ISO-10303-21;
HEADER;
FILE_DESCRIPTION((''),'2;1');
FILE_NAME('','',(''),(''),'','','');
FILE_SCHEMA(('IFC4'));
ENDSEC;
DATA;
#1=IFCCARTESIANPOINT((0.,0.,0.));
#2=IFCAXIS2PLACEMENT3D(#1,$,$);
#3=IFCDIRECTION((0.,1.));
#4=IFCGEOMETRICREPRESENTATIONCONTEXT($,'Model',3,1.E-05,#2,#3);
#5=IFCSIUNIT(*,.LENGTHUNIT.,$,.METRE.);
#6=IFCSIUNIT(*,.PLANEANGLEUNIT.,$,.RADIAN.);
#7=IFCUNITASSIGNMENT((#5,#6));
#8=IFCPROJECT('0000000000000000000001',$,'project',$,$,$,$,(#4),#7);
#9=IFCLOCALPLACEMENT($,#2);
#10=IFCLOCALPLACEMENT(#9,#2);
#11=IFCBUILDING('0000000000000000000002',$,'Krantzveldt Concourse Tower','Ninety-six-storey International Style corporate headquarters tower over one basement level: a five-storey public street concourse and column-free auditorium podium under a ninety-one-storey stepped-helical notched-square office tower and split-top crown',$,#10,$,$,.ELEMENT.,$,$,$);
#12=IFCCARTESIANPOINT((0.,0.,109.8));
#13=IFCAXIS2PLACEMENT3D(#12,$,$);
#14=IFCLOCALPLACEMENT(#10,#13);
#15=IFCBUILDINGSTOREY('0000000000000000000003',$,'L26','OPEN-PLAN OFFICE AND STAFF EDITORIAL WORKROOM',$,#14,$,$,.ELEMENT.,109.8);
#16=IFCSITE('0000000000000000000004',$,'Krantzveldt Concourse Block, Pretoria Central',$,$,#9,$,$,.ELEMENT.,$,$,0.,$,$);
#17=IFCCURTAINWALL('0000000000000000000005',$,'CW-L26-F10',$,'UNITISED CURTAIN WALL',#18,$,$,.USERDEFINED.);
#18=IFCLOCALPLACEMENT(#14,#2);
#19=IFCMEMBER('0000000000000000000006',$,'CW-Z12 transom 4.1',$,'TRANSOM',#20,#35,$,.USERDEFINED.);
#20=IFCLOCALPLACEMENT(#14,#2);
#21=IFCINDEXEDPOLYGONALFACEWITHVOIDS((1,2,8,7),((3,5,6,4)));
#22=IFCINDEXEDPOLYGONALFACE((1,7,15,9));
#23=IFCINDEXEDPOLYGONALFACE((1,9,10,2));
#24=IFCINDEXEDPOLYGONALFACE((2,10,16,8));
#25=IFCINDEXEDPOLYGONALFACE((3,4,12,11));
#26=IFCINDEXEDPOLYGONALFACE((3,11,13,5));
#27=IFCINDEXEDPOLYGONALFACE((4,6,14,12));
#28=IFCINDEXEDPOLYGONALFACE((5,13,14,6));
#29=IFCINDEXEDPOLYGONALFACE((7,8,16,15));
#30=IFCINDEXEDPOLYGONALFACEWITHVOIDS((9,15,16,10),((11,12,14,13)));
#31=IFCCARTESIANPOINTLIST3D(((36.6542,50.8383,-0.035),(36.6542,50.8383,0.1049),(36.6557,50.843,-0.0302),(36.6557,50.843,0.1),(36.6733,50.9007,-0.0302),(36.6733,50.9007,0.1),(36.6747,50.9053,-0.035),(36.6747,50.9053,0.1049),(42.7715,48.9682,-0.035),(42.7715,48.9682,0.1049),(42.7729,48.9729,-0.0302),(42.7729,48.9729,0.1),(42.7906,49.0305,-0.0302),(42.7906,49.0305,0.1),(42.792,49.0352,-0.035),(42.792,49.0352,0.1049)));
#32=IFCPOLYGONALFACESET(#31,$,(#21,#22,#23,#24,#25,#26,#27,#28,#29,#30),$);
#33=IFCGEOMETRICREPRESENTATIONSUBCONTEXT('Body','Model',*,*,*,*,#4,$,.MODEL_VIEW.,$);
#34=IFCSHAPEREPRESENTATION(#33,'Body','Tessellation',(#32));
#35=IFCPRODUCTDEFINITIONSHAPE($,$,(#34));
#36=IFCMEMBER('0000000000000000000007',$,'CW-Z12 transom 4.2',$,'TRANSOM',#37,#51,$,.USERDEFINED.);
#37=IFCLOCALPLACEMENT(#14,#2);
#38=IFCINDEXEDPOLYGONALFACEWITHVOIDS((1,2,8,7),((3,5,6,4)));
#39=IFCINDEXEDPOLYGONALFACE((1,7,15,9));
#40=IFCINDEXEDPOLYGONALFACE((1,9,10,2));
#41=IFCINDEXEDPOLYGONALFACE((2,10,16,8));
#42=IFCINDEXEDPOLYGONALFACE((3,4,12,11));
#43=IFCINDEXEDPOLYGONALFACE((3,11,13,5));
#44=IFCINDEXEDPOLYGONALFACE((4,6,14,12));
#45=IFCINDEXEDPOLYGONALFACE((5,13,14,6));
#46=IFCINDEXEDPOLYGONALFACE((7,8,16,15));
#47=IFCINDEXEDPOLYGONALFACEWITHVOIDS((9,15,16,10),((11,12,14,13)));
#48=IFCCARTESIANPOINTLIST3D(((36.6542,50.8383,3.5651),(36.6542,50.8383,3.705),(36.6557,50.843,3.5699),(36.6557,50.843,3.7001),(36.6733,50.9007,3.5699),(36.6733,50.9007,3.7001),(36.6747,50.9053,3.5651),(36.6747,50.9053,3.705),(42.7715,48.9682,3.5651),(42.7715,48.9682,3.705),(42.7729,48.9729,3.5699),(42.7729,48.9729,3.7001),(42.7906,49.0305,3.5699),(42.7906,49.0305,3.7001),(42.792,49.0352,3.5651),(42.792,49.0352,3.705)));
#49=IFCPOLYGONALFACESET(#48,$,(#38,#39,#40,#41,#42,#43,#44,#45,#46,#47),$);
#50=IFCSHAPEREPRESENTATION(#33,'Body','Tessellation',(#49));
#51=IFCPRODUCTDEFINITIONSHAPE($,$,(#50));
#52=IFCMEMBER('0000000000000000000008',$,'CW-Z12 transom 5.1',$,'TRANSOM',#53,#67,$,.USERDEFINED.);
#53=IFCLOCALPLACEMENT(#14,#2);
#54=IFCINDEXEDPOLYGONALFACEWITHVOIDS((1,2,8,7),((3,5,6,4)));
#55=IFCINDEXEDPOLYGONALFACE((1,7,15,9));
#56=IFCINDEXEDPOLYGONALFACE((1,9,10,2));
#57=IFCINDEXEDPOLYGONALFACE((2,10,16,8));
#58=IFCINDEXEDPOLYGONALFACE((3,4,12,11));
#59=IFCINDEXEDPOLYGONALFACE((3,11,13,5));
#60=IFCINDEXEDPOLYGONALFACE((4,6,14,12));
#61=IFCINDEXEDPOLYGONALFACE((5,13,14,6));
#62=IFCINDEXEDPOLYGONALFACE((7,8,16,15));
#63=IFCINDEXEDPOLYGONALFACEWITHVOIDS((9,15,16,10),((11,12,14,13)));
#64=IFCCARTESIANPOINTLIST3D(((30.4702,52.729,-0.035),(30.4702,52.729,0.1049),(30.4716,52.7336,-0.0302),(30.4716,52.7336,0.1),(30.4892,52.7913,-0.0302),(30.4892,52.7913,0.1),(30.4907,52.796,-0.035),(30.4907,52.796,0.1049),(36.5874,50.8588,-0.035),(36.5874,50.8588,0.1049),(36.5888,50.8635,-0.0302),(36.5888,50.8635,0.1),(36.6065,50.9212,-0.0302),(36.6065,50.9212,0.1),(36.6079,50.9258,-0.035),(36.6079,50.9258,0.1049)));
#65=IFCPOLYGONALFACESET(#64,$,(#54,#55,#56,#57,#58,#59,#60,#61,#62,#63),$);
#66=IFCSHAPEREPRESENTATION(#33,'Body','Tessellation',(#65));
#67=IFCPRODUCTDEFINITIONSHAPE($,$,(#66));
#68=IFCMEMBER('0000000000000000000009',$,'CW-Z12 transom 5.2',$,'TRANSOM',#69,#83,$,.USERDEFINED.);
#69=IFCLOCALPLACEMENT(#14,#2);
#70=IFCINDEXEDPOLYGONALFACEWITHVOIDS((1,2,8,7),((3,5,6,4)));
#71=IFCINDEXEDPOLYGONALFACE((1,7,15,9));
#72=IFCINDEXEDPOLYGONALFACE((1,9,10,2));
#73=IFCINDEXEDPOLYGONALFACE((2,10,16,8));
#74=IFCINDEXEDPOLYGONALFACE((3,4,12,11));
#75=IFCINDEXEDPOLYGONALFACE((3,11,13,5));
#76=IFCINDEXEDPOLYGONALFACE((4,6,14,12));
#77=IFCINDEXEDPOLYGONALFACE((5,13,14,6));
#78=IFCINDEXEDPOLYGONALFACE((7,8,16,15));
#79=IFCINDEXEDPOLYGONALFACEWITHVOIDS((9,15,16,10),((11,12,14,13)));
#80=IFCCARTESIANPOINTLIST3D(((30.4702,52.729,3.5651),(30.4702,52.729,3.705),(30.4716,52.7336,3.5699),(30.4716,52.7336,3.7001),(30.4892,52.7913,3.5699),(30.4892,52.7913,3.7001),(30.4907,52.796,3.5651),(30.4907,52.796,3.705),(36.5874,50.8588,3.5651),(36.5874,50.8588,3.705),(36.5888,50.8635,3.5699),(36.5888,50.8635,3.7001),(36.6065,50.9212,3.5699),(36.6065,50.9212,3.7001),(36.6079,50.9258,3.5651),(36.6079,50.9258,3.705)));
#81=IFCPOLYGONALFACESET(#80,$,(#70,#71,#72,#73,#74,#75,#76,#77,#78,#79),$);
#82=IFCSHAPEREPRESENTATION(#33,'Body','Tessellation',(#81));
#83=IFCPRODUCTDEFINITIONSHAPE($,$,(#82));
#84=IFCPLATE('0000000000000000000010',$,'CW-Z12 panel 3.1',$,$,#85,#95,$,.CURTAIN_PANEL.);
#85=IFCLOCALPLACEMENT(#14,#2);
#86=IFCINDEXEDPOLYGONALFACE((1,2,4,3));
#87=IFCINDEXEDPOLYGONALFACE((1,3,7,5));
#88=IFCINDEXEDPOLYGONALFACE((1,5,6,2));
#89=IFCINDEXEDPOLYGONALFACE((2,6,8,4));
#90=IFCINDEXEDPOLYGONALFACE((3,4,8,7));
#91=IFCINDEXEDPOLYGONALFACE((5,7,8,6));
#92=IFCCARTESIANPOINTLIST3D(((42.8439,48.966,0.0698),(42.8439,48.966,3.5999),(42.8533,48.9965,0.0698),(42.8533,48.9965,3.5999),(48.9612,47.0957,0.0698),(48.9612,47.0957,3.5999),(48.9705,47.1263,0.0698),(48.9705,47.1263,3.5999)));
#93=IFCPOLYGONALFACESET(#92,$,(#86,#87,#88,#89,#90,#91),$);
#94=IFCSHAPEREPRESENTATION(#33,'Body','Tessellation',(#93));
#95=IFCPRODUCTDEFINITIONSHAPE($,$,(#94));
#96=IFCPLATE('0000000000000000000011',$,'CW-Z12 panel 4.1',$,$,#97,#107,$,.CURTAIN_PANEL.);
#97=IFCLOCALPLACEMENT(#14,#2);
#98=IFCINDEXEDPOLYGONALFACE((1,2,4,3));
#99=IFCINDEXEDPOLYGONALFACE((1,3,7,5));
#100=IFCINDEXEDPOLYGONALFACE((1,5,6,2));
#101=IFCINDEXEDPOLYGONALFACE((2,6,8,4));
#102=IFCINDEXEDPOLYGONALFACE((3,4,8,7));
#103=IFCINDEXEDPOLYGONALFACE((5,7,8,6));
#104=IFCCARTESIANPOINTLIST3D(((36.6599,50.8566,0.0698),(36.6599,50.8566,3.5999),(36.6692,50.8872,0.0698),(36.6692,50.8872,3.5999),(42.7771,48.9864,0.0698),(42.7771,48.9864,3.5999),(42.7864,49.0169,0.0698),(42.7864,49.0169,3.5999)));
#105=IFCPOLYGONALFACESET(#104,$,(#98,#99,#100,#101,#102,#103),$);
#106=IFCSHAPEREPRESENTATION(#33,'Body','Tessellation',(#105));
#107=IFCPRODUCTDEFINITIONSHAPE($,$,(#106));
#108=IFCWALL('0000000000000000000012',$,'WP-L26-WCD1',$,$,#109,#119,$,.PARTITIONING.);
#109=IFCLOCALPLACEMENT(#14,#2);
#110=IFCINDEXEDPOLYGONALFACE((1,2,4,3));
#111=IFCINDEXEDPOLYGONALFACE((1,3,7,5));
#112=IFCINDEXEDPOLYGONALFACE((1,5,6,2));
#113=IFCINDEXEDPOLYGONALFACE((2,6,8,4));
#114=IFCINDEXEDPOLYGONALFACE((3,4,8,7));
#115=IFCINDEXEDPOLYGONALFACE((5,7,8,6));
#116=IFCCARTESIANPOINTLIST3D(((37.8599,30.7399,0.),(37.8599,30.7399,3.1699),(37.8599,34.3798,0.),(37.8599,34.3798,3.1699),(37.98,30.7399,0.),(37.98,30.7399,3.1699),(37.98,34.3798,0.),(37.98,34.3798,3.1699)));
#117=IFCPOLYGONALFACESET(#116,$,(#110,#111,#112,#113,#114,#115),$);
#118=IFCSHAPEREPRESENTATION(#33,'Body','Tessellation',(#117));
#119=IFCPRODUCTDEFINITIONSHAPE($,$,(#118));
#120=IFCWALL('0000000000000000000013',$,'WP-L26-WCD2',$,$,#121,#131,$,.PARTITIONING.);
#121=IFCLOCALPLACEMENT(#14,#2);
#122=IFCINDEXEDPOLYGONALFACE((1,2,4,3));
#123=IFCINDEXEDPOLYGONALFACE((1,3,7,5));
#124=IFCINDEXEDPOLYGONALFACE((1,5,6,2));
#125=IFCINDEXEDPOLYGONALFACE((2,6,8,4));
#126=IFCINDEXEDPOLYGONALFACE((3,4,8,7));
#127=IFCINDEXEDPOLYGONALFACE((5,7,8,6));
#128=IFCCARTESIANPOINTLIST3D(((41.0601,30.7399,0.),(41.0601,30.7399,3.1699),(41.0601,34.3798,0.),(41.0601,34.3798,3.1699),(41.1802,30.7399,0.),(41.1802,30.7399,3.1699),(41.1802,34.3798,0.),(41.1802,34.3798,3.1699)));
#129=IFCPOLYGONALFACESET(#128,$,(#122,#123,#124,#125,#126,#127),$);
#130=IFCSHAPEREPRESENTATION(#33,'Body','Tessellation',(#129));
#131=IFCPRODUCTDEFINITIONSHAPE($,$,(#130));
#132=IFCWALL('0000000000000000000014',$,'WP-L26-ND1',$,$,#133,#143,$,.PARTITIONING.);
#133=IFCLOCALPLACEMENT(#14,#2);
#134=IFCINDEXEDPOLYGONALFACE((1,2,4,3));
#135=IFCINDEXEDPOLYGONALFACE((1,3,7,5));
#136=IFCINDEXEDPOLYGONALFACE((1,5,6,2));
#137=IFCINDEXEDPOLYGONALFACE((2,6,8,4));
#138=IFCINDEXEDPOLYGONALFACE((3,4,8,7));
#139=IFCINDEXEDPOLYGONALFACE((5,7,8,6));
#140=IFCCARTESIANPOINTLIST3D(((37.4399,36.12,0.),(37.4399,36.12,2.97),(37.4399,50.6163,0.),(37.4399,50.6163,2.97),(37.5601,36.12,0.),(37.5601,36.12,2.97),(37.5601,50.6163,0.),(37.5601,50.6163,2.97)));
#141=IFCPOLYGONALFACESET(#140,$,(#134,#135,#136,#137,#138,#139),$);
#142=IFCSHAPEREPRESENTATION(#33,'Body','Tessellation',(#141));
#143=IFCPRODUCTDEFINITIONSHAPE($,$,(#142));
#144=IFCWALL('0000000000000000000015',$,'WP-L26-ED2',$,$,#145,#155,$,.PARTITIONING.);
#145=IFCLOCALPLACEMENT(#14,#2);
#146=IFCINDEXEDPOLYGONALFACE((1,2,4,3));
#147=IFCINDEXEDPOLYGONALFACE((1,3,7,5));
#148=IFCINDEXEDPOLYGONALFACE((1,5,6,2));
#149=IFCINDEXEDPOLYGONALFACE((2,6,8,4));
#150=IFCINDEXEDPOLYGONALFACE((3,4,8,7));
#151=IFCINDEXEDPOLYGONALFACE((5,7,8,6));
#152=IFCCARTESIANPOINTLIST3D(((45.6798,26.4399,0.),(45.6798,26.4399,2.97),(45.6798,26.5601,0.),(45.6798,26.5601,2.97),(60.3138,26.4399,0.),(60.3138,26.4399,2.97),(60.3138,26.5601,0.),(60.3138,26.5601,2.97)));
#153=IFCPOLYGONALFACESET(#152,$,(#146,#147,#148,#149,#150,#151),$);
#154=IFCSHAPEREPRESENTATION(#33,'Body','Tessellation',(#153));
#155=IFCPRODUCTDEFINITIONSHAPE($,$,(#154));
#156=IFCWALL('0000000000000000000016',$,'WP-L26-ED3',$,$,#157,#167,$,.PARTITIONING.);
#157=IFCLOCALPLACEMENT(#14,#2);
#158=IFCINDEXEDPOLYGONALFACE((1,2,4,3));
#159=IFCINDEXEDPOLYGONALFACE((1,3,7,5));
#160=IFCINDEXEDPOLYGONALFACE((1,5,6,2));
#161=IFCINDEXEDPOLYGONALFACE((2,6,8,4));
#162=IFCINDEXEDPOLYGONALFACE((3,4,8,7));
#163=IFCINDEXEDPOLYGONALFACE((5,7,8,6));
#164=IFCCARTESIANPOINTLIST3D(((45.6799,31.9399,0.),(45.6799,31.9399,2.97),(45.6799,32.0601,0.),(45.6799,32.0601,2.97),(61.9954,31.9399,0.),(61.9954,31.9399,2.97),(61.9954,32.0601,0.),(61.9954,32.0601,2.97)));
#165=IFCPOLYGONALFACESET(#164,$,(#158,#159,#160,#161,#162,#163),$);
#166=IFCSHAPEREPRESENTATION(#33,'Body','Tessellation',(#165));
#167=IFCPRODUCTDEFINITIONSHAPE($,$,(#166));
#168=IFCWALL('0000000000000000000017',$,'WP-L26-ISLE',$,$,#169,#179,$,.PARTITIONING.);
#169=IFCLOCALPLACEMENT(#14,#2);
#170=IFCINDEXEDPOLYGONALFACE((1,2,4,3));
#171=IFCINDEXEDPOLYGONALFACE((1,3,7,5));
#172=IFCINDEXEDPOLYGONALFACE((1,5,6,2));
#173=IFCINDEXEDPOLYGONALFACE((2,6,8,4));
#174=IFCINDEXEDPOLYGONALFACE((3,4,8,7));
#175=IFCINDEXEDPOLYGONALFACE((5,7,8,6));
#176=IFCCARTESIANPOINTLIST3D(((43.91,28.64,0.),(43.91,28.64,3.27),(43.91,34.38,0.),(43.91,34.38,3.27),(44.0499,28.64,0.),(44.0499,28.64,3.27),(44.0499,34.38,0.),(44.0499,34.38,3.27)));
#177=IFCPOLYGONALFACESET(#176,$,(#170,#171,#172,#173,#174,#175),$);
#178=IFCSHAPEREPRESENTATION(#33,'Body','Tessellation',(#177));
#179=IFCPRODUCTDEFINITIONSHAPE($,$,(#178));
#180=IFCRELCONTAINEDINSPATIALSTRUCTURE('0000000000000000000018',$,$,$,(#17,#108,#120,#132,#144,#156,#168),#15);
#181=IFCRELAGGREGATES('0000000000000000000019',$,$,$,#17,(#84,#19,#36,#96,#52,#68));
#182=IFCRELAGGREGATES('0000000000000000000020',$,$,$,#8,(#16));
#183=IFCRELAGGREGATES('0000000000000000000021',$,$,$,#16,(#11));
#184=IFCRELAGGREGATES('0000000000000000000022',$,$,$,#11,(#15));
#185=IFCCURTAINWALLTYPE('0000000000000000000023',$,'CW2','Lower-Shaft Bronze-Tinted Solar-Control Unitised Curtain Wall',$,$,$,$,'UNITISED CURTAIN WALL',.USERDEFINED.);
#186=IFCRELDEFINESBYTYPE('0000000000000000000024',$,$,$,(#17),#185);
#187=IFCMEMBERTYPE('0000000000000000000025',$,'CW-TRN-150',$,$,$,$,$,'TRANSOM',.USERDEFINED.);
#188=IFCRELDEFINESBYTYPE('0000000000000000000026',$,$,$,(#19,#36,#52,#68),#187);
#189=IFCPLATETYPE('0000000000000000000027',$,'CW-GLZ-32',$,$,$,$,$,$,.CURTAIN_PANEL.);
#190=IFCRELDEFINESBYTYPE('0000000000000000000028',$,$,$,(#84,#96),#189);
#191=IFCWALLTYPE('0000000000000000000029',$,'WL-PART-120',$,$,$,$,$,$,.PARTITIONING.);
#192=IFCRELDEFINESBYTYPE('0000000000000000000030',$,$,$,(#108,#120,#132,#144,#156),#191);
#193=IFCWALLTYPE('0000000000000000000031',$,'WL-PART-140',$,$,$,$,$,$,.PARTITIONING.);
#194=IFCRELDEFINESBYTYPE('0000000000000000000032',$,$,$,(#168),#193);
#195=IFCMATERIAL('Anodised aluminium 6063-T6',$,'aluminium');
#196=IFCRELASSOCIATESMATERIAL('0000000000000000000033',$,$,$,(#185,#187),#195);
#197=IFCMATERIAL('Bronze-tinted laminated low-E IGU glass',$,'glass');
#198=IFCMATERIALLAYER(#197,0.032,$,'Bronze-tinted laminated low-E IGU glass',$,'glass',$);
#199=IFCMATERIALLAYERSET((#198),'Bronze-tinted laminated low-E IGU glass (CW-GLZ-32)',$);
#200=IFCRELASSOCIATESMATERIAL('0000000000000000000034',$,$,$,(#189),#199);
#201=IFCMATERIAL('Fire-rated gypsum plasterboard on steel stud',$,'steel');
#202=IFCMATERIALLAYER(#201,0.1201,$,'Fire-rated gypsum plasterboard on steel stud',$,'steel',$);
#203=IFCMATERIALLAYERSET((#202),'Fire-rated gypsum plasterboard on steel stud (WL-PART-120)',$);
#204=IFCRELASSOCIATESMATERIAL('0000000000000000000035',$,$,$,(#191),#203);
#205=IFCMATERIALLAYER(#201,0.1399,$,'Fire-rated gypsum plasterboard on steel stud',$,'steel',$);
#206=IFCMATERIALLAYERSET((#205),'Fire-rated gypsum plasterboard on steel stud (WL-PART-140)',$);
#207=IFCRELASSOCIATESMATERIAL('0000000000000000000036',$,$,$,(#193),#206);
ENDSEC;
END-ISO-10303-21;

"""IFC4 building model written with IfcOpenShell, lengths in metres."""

from ifc_helpers import new_model, si_unit, direction, frame, frame_2d, origin, origin_2d, place, context, subcontext, project, spatial, rectangle, hollow_rectangle, extrude, source, transform, mapped, material, layer, layer_set, material_profile, profile_set, type_object, type_shapes, element, aggregate, save


model = new_model("IFC4")

# Units and contexts
model_context = context("Model", 3, precision=1e-05, world=origin(), true_north=direction((0.0, 1.0)))
body_context = subcontext(model_context, "Body", "Model", "MODEL_VIEW")
ifc_project = project(units=[si_unit("LENGTHUNIT", "METRE"), si_unit("PLANEANGLEUNIT", "RADIAN")], contexts=[model_context])

# Site, building, storey
site_placement = place(None, origin())
site = spatial("IfcSite", under=ifc_project, at=site_placement, Name="Krantzveldt Concourse Block, Pretoria Central", CompositionType="ELEMENT", RefElevation=0.0)
building_placement = place(site_placement, origin())
building = spatial("IfcBuilding", under=site, at=building_placement, Name="Krantzveldt Concourse Tower", Description="Ninety-six-storey International Style corporate headquarters tower over one basement level: a five-storey public street concourse and column-free auditorium podium under a ninety-one-storey stepped-helical notched-square office tower and split-top crown", CompositionType="ELEMENT")
storey_placement = place(building_placement, frame((0.0, 0.0, 109.8)))
storey = spatial("IfcBuildingStorey", under=building, at=storey_placement, Name="L26", Description="OPEN-PLAN OFFICE AND STAFF EDITORIAL WORKROOM", CompositionType="ELEMENT", Elevation=109.8)

# Curtain wall, members, plates
ifc_material_1 = material(Name="Anodised aluminium 6063-T6", Category="aluminium")
curtain_wall_type = type_object("IfcCurtainWallType", Name="CW2", Description="Lower-Shaft Bronze-Tinted Solar-Control Unitised Curtain Wall", ElementType="UNITISED CURTAIN WALL", PredefinedType="USERDEFINED", material=ifc_material_1)
curtain_wall_placement = place(storey_placement, origin())
curtain_wall = element("IfcCurtainWall", 1, at=curtain_wall_placement, inside=storey, type_object=curtain_wall_type, Name="CW-L26-F10", ObjectType="UNITISED CURTAIN WALL", PredefinedType="USERDEFINED")
ifc_material_profile_1 = material_profile(ifc_material_1, hollow_rectangle(XDim=0.0701, YDim=0.1399, WallThickness=0.0049, at=origin_2d()), Name="Anodised aluminium 6063-T6", Category="aluminium")
ifc_profile_set_1 = profile_set([ifc_material_profile_1], Name="Anodised aluminium 6063-T6 - ALU-TRAN 140x70x5")
member_type_1 = type_object("IfcMemberType", Name="CW-TRN-150", ElementType="TRANSOM", PredefinedType="USERDEFINED", material=ifc_profile_set_1)
shared_shape_1 = source(origin(), body_context, "Body", "SweptSolid", [
    extrude(hollow_rectangle(XDim=0.0701, YDim=0.1399, WallThickness=0.0049, at=origin_2d()), origin(), (0.0, 0.0, 1.0), 6.3967),
])
type_shapes(member_type_1, [shared_shape_1])
member_1_placement = place(storey_placement, frame((42.7817, 49.0017, 0.0349), z_axis=(-0.956309, 0.292358, 0.0), x_axis=(-0.292358, -0.956309, 0.0)))
member_1 = element("IfcMember", 2, at=member_1_placement, type_object=member_type_1, Name="CW-Z12 transom 4.1", ObjectType="TRANSOM", PredefinedType="USERDEFINED", context=body_context, shape_type="MappedRepresentation", body=[
    mapped(shared_shape_1, transform((0.0, 0.0, 0.0), x_axis=(1.0, 0.0, 0.0), y_axis=(0.0, 1.0, 0.0), z_axis=(0.0, 0.0, 1.0), scale=1.0)),
])
member_2_placement = place(storey_placement, frame((42.7817, 49.0017, 3.635), z_axis=(-0.956309, 0.292358, 0.0), x_axis=(-0.292358, -0.956309, 0.0)))
member_2 = element("IfcMember", 3, at=member_2_placement, type_object=member_type_1, Name="CW-Z12 transom 4.2", ObjectType="TRANSOM", PredefinedType="USERDEFINED", context=body_context, shape_type="MappedRepresentation", body=[
    mapped(shared_shape_1, transform((0.0, 0.0, 0.0), x_axis=(1.0, 0.0, 0.0), y_axis=(0.0, 1.0, 0.0), z_axis=(0.0, 0.0, 1.0), scale=1.0)),
])
member_3_placement = place(storey_placement, frame((36.5977, 50.8923, 0.0349), z_axis=(-0.956309, 0.292358, 0.0), x_axis=(-0.292358, -0.956309, 0.0)))
member_3 = element("IfcMember", 4, at=member_3_placement, type_object=member_type_1, Name="CW-Z12 transom 5.1", ObjectType="TRANSOM", PredefinedType="USERDEFINED", context=body_context, shape_type="MappedRepresentation", body=[
    mapped(shared_shape_1, transform((0.0, 0.0, 0.0), x_axis=(1.0, 0.0, 0.0), y_axis=(0.0, 1.0, 0.0), z_axis=(0.0, 0.0, 1.0), scale=1.0)),
])
member_4_placement = place(storey_placement, frame((36.5977, 50.8923, 3.635), z_axis=(-0.956309, 0.292358, 0.0), x_axis=(-0.292358, -0.956309, 0.0)))
member_4 = element("IfcMember", 5, at=member_4_placement, type_object=member_type_1, Name="CW-Z12 transom 5.2", ObjectType="TRANSOM", PredefinedType="USERDEFINED", context=body_context, shape_type="MappedRepresentation", body=[
    mapped(shared_shape_1, transform((0.0, 0.0, 0.0), x_axis=(1.0, 0.0, 0.0), y_axis=(0.0, 1.0, 0.0), z_axis=(0.0, 0.0, 1.0), scale=1.0)),
])
ifc_material_2 = material(Name="Bronze-tinted laminated low-E IGU glass", Category="glass")
ifc_layer_1 = layer(ifc_material_2, 0.032, Name="Bronze-tinted laminated low-E IGU glass", Category="glass")
ifc_layer_set_1 = layer_set([ifc_layer_1], Name="Bronze-tinted laminated low-E IGU glass (CW-GLZ-32)")
plate_type = type_object("IfcPlateType", Name="CW-GLZ-32", PredefinedType="CURTAIN_PANEL", material=ifc_layer_set_1)
shared_shape_2 = source(origin(), body_context, "Body", "SweptSolid", [
    extrude(rectangle(XDim=6.3967, YDim=0.032, at=origin_2d()), origin(), (0.0, 0.0, 1.0), 3.53),
])
type_shapes(plate_type, [shared_shape_2])
plate_1_placement = place(storey_placement, frame((45.9072, 48.0461, 0.0698), z_axis=(0.0, 0.0, 1.0), x_axis=(-0.956305, 0.292372, 0.0)))
plate_1 = element("IfcPlate", 6, at=plate_1_placement, type_object=plate_type, Name="CW-Z12 panel 3.1", PredefinedType="CURTAIN_PANEL", context=body_context, shape_type="MappedRepresentation", body=[
    mapped(shared_shape_2, transform((0.0, 0.0, 0.0), x_axis=(1.0, 0.0, 0.0), y_axis=(0.0, 1.0, 0.0), z_axis=(0.0, 0.0, 1.0), scale=1.0)),
])
plate_2_placement = place(storey_placement, frame((39.7231, 49.9368, 0.0698), z_axis=(0.0, 0.0, 1.0), x_axis=(-0.956305, 0.292372, 0.0)))
plate_2 = element("IfcPlate", 7, at=plate_2_placement, type_object=plate_type, Name="CW-Z12 panel 4.1", PredefinedType="CURTAIN_PANEL", context=body_context, shape_type="MappedRepresentation", body=[
    mapped(shared_shape_2, transform((0.0, 0.0, 0.0), x_axis=(1.0, 0.0, 0.0), y_axis=(0.0, 1.0, 0.0), z_axis=(0.0, 0.0, 1.0), scale=1.0)),
])
aggregate(curtain_wall, [plate_1, member_1, member_2, plate_2, member_3, member_4])

# Walls
ifc_material_3 = material(Name="Fire-rated gypsum plasterboard on steel stud", Category="steel")
ifc_layer_2 = layer(ifc_material_3, 0.1201, Name="Fire-rated gypsum plasterboard on steel stud", Category="steel")
ifc_layer_set_2 = layer_set([ifc_layer_2], Name="Fire-rated gypsum plasterboard on steel stud (WL-PART-120)")
wall_type_1 = type_object("IfcWallType", Name="WL-PART-120", PredefinedType="PARTITIONING", material=ifc_layer_set_2)
for number, where, z_axis, x_axis, name in (
    (8, (37.9199, 30.74, 0.0), (0.0, 0.0, 1.0), (0.0, 1.0, 0.0), "WP-L26-WCD1"),
    (9, (41.1201, 30.74, 0.0), (0.0, 0.0, 1.0), (0.0, 1.0, 0.0), "WP-L26-WCD2"),
):
    element("IfcWall", number, at=place(storey_placement, frame(where, z_axis=z_axis, x_axis=x_axis)), inside=storey, type_object=wall_type_1, Name=name, PredefinedType="PARTITIONING", context=body_context, shape_type="SweptSolid", body=[
        extrude(rectangle(XDim=3.6399, YDim=0.1201, at=frame_2d((1.8198, 0.0))), origin(), (0.0, 0.0, 1.0), 3.1699),
    ])
wall_1_placement = place(storey_placement, frame((37.5, 36.1201, 0.0), z_axis=(0.0, 0.0, 1.0), x_axis=(0.0, 1.0, 0.0)))
element("IfcWall", 10, at=wall_1_placement, inside=storey, type_object=wall_type_1, Name="WP-L26-ND1", PredefinedType="PARTITIONING", context=body_context, shape_type="SweptSolid", body=[
    extrude(rectangle(XDim=14.4963, YDim=0.1201, at=frame_2d((7.248, 0.0))), origin(), (0.0, 0.0, 1.0), 2.97),
])
wall_2_placement = place(storey_placement, frame((45.6799, 26.5, 0.0), z_axis=(0.0, 0.0, 1.0), x_axis=(1.0, 0.0, 0.0)))
element("IfcWall", 11, at=wall_2_placement, inside=storey, type_object=wall_type_1, Name="WP-L26-ED2", PredefinedType="PARTITIONING", context=body_context, shape_type="SweptSolid", body=[
    extrude(rectangle(XDim=14.634, YDim=0.1201, at=frame_2d((7.3169, 0.0))), origin(), (0.0, 0.0, 1.0), 2.97),
])
wall_3_placement = place(storey_placement, frame((45.6799, 32.0, 0.0), z_axis=(0.0, 0.0, 1.0), x_axis=(1.0, 0.0, 0.0)))
element("IfcWall", 12, at=wall_3_placement, inside=storey, type_object=wall_type_1, Name="WP-L26-ED3", PredefinedType="PARTITIONING", context=body_context, shape_type="SweptSolid", body=[
    extrude(rectangle(XDim=16.3154, YDim=0.1201, at=frame_2d((8.1577, 0.0))), origin(), (0.0, 0.0, 1.0), 2.97),
])
ifc_layer_3 = layer(ifc_material_3, 0.1399, Name="Fire-rated gypsum plasterboard on steel stud", Category="steel")
ifc_layer_set_3 = layer_set([ifc_layer_3], Name="Fire-rated gypsum plasterboard on steel stud (WL-PART-140)")
wall_type_2 = type_object("IfcWallType", Name="WL-PART-140", PredefinedType="PARTITIONING", material=ifc_layer_set_3)
wall_4_placement = place(storey_placement, frame((43.98, 28.6399, 0.0), z_axis=(0.0, 0.0, 1.0), x_axis=(0.0, 1.0, 0.0)))
element("IfcWall", 13, at=wall_4_placement, inside=storey, type_object=wall_type_2, Name="WP-L26-ISLE", PredefinedType="PARTITIONING", context=body_context, shape_type="SweptSolid", body=[
    extrude(rectangle(XDim=5.74, YDim=0.1399, at=frame_2d((2.8701, 0.0))), origin(), (0.0, 0.0, 1.0), 3.27),
])

save(model, "model.ifc")
